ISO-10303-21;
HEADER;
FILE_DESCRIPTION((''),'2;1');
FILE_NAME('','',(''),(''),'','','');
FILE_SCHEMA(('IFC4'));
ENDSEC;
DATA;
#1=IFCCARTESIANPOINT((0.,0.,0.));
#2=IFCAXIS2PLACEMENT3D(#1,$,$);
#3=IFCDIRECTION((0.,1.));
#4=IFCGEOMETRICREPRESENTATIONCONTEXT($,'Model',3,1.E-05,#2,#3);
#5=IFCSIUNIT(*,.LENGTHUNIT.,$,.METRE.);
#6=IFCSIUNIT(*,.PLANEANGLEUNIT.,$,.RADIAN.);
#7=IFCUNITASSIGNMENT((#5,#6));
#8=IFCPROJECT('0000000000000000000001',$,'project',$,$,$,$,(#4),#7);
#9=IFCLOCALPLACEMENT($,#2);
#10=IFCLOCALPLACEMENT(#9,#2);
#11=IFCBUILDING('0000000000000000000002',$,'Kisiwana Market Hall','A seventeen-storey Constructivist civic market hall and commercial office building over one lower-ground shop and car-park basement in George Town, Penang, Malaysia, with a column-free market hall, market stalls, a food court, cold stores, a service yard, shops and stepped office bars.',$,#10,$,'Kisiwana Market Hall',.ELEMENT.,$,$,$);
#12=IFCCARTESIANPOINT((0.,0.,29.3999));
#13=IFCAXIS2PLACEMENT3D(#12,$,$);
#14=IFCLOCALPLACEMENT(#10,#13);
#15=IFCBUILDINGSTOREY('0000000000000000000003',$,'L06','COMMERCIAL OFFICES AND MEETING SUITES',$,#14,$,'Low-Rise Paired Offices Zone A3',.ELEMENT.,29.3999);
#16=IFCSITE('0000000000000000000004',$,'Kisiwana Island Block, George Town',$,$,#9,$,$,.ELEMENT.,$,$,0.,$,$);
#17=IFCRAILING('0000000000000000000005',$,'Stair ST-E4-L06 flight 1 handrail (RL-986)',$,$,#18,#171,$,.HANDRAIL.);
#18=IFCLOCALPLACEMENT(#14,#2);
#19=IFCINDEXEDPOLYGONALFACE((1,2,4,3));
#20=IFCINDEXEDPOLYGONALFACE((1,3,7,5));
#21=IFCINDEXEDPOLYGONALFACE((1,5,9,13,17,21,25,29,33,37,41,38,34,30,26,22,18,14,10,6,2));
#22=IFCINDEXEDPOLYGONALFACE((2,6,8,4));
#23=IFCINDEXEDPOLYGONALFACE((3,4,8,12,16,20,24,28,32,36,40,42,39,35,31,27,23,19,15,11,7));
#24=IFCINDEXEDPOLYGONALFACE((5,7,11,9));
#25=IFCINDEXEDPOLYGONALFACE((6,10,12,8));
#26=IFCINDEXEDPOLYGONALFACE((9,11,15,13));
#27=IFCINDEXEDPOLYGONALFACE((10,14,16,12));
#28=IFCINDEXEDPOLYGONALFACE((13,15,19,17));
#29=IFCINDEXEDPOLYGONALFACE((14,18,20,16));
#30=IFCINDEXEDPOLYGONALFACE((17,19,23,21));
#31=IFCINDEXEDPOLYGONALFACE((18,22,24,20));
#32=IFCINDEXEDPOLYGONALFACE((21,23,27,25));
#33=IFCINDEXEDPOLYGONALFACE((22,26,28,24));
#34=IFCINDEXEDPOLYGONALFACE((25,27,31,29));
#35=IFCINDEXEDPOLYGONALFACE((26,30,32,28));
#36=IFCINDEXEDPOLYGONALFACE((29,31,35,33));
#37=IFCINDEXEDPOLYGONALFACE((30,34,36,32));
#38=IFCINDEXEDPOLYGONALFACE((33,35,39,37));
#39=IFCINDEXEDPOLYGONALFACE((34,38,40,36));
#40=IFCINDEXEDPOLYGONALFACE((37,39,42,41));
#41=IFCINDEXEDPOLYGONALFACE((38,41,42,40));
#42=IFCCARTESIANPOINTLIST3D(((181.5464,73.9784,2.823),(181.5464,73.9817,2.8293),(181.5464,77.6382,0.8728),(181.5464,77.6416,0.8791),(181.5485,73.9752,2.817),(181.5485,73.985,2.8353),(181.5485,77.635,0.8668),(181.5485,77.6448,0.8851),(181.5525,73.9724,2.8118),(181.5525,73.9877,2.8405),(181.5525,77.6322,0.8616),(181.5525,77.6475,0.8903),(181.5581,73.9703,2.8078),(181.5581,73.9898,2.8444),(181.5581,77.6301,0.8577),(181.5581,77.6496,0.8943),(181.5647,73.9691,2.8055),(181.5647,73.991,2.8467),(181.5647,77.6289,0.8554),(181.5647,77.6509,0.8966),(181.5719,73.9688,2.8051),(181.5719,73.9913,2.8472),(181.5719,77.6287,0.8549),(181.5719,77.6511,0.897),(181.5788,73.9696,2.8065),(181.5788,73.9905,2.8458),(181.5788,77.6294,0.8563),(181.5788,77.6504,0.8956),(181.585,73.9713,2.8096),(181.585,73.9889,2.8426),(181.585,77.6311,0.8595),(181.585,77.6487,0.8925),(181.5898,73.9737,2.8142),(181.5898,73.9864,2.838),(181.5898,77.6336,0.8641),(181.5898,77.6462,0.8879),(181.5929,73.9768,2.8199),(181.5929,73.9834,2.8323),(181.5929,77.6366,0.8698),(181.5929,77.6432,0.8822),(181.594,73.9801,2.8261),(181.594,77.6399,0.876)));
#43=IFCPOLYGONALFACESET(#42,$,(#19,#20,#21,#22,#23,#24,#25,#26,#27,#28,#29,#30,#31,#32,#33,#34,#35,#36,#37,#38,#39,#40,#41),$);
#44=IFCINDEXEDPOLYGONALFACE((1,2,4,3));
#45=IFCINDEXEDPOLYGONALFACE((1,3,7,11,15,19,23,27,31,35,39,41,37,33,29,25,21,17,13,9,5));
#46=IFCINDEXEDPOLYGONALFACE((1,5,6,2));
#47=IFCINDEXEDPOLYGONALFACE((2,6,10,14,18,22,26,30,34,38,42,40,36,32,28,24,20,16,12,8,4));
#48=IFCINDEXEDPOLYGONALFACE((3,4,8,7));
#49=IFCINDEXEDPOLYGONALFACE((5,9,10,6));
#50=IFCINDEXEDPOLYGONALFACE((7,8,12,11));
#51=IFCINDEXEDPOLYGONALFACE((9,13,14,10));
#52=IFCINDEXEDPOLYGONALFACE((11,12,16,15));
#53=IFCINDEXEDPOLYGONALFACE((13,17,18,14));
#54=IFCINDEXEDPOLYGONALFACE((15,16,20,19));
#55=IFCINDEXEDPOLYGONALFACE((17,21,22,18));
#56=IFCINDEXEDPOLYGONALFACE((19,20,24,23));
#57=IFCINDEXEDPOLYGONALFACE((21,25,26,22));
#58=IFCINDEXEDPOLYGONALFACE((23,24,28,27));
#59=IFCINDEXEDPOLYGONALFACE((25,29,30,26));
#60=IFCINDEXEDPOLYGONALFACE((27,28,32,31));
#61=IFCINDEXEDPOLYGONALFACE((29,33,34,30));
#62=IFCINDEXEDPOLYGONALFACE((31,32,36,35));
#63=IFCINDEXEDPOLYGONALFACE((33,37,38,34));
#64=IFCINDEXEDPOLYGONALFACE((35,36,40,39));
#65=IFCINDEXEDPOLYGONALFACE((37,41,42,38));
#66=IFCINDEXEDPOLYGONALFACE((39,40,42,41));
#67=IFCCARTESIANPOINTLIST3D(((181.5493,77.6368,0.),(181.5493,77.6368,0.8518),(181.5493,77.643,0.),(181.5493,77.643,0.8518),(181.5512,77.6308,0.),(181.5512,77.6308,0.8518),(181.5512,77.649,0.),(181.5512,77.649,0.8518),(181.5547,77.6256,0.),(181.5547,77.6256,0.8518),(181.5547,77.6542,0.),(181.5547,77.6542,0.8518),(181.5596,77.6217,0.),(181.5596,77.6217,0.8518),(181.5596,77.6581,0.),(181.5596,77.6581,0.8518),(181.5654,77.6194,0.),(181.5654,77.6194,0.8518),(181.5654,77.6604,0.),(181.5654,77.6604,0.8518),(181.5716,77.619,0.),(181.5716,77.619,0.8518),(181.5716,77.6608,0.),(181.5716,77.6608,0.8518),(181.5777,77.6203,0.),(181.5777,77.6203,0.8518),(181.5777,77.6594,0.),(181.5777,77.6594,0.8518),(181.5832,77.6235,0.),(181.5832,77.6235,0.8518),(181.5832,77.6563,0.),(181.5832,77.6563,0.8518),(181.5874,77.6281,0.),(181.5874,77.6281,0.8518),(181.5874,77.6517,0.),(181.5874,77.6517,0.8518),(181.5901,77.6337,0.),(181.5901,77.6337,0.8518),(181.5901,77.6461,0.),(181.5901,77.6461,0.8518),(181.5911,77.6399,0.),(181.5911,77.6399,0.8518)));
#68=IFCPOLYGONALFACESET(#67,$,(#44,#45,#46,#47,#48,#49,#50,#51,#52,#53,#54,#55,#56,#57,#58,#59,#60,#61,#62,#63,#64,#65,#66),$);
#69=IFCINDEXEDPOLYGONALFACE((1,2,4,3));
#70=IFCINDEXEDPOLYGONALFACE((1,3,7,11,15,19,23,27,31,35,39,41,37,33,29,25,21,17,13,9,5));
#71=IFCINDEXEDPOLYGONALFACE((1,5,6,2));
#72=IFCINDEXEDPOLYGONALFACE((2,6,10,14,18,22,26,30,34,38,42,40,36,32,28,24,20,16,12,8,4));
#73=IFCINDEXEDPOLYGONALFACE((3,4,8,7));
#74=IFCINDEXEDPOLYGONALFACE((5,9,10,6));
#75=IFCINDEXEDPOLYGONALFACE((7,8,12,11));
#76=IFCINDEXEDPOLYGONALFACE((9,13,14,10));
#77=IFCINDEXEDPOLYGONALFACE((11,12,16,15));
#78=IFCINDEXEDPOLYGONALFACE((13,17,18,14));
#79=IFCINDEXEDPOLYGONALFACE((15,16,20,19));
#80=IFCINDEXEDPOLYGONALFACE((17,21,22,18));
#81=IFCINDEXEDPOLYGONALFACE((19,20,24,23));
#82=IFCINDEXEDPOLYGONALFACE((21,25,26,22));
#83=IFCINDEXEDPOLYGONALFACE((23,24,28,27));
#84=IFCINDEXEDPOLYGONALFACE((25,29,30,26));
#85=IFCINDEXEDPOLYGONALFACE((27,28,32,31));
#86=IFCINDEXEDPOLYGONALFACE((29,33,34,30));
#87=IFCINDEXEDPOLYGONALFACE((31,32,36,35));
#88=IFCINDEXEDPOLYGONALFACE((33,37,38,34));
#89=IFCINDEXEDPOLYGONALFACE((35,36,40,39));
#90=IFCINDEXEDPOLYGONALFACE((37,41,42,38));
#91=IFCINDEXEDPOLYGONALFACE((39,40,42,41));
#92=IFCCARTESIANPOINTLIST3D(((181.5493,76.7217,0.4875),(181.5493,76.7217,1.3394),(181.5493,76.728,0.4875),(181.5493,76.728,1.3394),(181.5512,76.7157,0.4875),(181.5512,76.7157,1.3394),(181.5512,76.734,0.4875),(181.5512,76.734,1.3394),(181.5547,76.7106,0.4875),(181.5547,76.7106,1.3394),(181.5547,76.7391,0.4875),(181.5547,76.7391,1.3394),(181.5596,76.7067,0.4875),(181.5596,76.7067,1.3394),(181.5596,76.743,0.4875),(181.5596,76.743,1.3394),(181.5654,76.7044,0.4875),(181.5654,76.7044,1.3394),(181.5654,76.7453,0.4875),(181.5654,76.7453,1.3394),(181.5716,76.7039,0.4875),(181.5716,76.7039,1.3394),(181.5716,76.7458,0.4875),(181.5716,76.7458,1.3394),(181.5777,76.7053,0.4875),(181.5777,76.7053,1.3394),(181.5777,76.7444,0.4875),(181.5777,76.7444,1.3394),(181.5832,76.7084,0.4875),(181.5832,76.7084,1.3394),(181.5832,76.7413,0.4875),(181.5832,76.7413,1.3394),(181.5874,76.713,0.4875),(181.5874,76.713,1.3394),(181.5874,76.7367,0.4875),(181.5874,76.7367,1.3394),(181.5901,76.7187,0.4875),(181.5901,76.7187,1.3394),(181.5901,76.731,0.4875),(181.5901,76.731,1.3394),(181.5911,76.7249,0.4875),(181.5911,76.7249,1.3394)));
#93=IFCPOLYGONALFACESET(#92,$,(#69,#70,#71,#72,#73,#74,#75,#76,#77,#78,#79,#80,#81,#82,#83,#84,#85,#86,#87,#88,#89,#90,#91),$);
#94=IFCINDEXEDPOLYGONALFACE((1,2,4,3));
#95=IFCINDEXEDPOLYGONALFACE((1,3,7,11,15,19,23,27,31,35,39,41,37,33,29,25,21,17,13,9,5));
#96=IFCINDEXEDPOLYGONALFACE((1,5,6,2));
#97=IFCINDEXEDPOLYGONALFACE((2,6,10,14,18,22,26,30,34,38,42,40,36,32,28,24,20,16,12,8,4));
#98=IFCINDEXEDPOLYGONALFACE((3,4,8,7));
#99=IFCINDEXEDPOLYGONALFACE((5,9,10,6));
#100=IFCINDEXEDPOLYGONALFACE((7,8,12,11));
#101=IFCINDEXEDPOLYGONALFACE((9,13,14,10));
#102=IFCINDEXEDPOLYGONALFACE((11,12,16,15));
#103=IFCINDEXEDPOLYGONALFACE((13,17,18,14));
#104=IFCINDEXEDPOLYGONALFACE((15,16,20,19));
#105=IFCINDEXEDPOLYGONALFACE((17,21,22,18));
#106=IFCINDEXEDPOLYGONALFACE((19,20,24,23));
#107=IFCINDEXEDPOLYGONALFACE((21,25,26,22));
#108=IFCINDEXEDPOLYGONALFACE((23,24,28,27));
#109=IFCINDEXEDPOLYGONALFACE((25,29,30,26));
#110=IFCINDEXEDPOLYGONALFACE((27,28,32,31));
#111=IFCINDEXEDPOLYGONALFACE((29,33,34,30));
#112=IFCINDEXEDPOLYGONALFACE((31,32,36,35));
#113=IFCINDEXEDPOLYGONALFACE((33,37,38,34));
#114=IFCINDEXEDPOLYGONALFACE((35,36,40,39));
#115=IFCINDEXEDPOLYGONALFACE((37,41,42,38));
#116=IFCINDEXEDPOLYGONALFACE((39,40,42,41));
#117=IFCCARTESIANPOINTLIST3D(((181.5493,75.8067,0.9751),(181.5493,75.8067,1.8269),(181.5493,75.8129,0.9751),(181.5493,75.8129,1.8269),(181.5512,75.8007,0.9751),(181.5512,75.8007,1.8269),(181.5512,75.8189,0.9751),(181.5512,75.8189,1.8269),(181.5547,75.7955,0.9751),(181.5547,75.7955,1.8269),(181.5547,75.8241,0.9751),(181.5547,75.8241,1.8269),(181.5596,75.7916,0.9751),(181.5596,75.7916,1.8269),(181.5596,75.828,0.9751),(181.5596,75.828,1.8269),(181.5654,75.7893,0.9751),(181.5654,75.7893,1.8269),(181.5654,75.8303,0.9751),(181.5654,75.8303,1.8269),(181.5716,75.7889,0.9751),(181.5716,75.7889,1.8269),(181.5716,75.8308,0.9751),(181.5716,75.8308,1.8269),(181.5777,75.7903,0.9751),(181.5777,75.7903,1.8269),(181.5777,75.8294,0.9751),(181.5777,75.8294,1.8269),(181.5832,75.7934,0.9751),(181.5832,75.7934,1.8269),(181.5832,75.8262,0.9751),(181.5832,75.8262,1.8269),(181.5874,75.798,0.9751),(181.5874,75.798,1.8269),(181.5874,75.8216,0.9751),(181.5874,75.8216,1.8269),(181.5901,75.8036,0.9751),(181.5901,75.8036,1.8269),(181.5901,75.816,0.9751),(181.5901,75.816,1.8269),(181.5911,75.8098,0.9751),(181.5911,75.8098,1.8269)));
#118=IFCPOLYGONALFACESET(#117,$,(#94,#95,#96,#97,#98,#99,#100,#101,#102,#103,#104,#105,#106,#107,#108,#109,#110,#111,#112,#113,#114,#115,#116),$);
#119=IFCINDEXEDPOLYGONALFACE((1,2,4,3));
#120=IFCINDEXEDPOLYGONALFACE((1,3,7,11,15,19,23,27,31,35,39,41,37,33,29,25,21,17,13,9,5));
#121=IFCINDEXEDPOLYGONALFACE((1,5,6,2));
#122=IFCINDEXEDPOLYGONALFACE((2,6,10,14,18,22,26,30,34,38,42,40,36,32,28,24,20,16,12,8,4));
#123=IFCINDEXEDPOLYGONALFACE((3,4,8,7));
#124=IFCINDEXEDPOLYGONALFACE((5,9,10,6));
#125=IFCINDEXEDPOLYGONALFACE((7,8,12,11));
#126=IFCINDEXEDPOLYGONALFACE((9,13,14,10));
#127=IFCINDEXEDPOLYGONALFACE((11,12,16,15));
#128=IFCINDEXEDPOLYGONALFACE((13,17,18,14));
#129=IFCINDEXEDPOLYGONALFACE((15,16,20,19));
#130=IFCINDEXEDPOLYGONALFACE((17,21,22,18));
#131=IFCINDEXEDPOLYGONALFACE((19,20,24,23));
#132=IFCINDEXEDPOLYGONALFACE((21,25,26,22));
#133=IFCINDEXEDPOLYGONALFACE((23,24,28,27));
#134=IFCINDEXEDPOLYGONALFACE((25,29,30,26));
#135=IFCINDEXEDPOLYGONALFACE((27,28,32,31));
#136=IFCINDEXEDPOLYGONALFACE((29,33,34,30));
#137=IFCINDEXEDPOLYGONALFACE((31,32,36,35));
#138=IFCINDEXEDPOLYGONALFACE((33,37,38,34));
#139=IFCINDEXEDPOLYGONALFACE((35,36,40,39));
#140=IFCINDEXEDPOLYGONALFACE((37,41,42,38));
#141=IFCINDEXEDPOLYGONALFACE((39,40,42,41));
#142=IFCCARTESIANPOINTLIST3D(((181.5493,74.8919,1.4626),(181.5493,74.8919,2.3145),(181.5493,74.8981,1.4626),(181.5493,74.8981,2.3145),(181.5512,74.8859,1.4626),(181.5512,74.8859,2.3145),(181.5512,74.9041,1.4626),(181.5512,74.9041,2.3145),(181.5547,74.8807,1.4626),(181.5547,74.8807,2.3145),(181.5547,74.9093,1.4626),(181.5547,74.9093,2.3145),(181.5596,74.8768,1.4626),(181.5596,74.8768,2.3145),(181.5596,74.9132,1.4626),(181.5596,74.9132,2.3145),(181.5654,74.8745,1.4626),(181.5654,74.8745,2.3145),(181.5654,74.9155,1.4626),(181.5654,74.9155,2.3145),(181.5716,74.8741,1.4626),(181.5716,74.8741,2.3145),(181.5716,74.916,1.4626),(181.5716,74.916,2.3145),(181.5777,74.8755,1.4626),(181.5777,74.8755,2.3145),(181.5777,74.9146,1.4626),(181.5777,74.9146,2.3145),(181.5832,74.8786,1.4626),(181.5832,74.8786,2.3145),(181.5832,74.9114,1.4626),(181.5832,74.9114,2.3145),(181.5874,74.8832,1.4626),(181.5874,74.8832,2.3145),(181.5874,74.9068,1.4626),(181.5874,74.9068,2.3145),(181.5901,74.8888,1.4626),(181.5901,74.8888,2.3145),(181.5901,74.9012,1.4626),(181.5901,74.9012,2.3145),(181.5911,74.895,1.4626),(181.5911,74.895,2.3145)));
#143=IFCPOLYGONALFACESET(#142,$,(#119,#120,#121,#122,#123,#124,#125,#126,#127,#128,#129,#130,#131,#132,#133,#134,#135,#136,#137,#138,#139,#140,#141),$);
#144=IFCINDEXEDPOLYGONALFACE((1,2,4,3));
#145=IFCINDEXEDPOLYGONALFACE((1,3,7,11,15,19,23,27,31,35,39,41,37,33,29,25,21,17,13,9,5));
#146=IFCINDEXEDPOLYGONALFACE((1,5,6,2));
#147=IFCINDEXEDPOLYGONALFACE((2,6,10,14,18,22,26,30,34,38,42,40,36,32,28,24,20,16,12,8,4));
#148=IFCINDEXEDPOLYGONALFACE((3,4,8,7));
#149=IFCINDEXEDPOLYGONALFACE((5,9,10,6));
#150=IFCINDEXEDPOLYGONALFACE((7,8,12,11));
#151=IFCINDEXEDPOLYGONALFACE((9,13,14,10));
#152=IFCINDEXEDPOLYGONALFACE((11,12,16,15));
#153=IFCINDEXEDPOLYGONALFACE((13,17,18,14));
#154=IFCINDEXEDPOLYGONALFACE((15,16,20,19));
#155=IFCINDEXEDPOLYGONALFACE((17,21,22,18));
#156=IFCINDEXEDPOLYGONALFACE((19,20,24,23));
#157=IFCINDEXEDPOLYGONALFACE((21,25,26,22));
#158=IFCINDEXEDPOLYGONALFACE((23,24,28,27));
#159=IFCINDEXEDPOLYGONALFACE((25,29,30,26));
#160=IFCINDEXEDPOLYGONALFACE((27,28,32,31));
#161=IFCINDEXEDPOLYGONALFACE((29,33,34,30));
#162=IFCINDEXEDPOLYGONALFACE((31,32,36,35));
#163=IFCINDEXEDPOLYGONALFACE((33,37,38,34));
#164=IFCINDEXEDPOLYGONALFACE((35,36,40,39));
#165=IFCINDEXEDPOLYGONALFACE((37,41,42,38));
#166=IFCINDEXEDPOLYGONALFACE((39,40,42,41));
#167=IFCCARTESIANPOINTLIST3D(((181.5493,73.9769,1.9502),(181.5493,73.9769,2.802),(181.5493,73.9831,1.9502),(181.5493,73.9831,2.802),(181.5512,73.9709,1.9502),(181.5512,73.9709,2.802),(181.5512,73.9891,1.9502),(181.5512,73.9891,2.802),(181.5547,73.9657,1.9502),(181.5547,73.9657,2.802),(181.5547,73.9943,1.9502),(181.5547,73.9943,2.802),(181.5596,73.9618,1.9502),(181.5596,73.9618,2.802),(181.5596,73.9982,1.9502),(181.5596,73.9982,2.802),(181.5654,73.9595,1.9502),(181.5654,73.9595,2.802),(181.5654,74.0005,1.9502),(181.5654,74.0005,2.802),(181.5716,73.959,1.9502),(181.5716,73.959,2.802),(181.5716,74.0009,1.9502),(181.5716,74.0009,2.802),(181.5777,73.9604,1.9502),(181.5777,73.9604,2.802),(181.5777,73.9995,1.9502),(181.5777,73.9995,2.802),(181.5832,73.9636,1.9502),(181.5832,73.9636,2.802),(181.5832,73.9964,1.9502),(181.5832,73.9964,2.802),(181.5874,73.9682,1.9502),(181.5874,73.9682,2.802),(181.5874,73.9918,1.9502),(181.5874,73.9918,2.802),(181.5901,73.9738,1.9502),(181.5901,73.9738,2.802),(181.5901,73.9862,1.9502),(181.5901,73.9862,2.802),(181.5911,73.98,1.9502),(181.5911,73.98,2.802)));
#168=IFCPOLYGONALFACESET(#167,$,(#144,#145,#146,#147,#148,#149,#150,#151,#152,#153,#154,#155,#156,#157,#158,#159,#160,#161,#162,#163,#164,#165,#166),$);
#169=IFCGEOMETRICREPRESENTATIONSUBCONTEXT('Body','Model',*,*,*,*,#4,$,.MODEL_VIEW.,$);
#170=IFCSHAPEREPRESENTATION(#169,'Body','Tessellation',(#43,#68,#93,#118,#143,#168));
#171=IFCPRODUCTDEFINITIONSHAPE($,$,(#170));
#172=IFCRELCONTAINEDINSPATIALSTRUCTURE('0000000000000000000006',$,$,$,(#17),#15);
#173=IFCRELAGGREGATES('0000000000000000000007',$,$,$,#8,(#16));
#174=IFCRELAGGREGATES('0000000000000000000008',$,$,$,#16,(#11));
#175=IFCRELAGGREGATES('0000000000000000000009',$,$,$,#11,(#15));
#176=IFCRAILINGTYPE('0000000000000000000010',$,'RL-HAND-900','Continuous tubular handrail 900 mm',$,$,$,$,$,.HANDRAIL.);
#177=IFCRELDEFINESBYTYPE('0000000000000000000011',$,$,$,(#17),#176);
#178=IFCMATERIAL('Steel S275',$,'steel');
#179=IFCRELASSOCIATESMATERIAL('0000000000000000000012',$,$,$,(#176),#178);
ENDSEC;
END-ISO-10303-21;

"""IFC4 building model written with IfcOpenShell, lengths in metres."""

from ifc_helpers import new_model, si_unit, direction, frame, origin, origin_2d, place, context, subcontext, project, spatial, circle, extrude, material, type_object, element, save


model = new_model("IFC4")

# Units and contexts
model_context = context("Model", 3, precision=1e-05, world=origin(), true_north=direction((0.0, 1.0)))
body_context = subcontext(model_context, "Body", "Model", "MODEL_VIEW")
ifc_project = project(units=[si_unit("LENGTHUNIT", "METRE"), si_unit("PLANEANGLEUNIT", "RADIAN")], contexts=[model_context])

# Site, building, storey
site_placement = place(None, origin())
site = spatial("IfcSite", under=ifc_project, at=site_placement, Name="Kisiwana Island Block, George Town", CompositionType="ELEMENT", RefElevation=0.0)
building_placement = place(site_placement, origin())
building = spatial("IfcBuilding", under=site, at=building_placement, Name="Kisiwana Market Hall", Description="A seventeen-storey Constructivist civic market hall and commercial office building over one lower-ground shop and car-park basement in George Town, Penang, Malaysia, with a column-free market hall, market stalls, a food court, cold stores, a service yard, shops and stepped office bars.", LongName="Kisiwana Market Hall", CompositionType="ELEMENT")
storey_placement = place(building_placement, frame((0.0, 0.0, 29.3999)))
storey = spatial("IfcBuildingStorey", under=building, at=storey_placement, Name="L06", Description="COMMERCIAL OFFICES AND MEETING SUITES", LongName="Low-Rise Paired Offices Zone A3", CompositionType="ELEMENT", Elevation=29.3999)

# Railing
ifc_material_1 = material(Name="Steel S275", Category="steel")
railing_type_1 = type_object("IfcRailingType", Name="RL-HAND-900", Description="Continuous tubular handrail 900 mm", PredefinedType="HANDRAIL", material=ifc_material_1)
for number, where, name in (
    (1, (181.5701, 77.6399, 0.0), "Stair ST-E4-L06 flight 1 handrail (RL-986)"),
):
    element("IfcRailing", number, at=place(storey_placement, frame(where)), inside=storey, type_object=railing_type_1, Name=name, PredefinedType="HANDRAIL", context=body_context, shape_type="SweptSolid", body=[
        extrude(circle(Radius=0.0239, at=origin_2d()), frame((0.0, 0.0, 0.876), z_axis=(0.0, -0.882529, 0.470258), x_axis=(1.0, 0.0, 0.0)), (0.0, 0.0, 1.0), 4.147),
        extrude(circle(Radius=0.021, at=origin_2d()), origin(), (0.0, 0.0, 1.0), 0.8518),
        extrude(circle(Radius=0.021, at=origin_2d()), frame((0.0, -0.915, 0.4875)), (0.0, 0.0, 1.0), 0.8518),
        extrude(circle(Radius=0.021, at=origin_2d()), frame((0.0, -1.8301, 0.9751)), (0.0, 0.0, 1.0), 0.8518),
        extrude(circle(Radius=0.021, at=origin_2d()), frame((0.0, -2.7449, 1.4626)), (0.0, 0.0, 1.0), 0.8518),
        extrude(circle(Radius=0.021, at=origin_2d()), frame((0.0, -3.6599, 1.9502)), (0.0, 0.0, 1.0), 0.8518),
    ])

save(model, "model.ifc")
